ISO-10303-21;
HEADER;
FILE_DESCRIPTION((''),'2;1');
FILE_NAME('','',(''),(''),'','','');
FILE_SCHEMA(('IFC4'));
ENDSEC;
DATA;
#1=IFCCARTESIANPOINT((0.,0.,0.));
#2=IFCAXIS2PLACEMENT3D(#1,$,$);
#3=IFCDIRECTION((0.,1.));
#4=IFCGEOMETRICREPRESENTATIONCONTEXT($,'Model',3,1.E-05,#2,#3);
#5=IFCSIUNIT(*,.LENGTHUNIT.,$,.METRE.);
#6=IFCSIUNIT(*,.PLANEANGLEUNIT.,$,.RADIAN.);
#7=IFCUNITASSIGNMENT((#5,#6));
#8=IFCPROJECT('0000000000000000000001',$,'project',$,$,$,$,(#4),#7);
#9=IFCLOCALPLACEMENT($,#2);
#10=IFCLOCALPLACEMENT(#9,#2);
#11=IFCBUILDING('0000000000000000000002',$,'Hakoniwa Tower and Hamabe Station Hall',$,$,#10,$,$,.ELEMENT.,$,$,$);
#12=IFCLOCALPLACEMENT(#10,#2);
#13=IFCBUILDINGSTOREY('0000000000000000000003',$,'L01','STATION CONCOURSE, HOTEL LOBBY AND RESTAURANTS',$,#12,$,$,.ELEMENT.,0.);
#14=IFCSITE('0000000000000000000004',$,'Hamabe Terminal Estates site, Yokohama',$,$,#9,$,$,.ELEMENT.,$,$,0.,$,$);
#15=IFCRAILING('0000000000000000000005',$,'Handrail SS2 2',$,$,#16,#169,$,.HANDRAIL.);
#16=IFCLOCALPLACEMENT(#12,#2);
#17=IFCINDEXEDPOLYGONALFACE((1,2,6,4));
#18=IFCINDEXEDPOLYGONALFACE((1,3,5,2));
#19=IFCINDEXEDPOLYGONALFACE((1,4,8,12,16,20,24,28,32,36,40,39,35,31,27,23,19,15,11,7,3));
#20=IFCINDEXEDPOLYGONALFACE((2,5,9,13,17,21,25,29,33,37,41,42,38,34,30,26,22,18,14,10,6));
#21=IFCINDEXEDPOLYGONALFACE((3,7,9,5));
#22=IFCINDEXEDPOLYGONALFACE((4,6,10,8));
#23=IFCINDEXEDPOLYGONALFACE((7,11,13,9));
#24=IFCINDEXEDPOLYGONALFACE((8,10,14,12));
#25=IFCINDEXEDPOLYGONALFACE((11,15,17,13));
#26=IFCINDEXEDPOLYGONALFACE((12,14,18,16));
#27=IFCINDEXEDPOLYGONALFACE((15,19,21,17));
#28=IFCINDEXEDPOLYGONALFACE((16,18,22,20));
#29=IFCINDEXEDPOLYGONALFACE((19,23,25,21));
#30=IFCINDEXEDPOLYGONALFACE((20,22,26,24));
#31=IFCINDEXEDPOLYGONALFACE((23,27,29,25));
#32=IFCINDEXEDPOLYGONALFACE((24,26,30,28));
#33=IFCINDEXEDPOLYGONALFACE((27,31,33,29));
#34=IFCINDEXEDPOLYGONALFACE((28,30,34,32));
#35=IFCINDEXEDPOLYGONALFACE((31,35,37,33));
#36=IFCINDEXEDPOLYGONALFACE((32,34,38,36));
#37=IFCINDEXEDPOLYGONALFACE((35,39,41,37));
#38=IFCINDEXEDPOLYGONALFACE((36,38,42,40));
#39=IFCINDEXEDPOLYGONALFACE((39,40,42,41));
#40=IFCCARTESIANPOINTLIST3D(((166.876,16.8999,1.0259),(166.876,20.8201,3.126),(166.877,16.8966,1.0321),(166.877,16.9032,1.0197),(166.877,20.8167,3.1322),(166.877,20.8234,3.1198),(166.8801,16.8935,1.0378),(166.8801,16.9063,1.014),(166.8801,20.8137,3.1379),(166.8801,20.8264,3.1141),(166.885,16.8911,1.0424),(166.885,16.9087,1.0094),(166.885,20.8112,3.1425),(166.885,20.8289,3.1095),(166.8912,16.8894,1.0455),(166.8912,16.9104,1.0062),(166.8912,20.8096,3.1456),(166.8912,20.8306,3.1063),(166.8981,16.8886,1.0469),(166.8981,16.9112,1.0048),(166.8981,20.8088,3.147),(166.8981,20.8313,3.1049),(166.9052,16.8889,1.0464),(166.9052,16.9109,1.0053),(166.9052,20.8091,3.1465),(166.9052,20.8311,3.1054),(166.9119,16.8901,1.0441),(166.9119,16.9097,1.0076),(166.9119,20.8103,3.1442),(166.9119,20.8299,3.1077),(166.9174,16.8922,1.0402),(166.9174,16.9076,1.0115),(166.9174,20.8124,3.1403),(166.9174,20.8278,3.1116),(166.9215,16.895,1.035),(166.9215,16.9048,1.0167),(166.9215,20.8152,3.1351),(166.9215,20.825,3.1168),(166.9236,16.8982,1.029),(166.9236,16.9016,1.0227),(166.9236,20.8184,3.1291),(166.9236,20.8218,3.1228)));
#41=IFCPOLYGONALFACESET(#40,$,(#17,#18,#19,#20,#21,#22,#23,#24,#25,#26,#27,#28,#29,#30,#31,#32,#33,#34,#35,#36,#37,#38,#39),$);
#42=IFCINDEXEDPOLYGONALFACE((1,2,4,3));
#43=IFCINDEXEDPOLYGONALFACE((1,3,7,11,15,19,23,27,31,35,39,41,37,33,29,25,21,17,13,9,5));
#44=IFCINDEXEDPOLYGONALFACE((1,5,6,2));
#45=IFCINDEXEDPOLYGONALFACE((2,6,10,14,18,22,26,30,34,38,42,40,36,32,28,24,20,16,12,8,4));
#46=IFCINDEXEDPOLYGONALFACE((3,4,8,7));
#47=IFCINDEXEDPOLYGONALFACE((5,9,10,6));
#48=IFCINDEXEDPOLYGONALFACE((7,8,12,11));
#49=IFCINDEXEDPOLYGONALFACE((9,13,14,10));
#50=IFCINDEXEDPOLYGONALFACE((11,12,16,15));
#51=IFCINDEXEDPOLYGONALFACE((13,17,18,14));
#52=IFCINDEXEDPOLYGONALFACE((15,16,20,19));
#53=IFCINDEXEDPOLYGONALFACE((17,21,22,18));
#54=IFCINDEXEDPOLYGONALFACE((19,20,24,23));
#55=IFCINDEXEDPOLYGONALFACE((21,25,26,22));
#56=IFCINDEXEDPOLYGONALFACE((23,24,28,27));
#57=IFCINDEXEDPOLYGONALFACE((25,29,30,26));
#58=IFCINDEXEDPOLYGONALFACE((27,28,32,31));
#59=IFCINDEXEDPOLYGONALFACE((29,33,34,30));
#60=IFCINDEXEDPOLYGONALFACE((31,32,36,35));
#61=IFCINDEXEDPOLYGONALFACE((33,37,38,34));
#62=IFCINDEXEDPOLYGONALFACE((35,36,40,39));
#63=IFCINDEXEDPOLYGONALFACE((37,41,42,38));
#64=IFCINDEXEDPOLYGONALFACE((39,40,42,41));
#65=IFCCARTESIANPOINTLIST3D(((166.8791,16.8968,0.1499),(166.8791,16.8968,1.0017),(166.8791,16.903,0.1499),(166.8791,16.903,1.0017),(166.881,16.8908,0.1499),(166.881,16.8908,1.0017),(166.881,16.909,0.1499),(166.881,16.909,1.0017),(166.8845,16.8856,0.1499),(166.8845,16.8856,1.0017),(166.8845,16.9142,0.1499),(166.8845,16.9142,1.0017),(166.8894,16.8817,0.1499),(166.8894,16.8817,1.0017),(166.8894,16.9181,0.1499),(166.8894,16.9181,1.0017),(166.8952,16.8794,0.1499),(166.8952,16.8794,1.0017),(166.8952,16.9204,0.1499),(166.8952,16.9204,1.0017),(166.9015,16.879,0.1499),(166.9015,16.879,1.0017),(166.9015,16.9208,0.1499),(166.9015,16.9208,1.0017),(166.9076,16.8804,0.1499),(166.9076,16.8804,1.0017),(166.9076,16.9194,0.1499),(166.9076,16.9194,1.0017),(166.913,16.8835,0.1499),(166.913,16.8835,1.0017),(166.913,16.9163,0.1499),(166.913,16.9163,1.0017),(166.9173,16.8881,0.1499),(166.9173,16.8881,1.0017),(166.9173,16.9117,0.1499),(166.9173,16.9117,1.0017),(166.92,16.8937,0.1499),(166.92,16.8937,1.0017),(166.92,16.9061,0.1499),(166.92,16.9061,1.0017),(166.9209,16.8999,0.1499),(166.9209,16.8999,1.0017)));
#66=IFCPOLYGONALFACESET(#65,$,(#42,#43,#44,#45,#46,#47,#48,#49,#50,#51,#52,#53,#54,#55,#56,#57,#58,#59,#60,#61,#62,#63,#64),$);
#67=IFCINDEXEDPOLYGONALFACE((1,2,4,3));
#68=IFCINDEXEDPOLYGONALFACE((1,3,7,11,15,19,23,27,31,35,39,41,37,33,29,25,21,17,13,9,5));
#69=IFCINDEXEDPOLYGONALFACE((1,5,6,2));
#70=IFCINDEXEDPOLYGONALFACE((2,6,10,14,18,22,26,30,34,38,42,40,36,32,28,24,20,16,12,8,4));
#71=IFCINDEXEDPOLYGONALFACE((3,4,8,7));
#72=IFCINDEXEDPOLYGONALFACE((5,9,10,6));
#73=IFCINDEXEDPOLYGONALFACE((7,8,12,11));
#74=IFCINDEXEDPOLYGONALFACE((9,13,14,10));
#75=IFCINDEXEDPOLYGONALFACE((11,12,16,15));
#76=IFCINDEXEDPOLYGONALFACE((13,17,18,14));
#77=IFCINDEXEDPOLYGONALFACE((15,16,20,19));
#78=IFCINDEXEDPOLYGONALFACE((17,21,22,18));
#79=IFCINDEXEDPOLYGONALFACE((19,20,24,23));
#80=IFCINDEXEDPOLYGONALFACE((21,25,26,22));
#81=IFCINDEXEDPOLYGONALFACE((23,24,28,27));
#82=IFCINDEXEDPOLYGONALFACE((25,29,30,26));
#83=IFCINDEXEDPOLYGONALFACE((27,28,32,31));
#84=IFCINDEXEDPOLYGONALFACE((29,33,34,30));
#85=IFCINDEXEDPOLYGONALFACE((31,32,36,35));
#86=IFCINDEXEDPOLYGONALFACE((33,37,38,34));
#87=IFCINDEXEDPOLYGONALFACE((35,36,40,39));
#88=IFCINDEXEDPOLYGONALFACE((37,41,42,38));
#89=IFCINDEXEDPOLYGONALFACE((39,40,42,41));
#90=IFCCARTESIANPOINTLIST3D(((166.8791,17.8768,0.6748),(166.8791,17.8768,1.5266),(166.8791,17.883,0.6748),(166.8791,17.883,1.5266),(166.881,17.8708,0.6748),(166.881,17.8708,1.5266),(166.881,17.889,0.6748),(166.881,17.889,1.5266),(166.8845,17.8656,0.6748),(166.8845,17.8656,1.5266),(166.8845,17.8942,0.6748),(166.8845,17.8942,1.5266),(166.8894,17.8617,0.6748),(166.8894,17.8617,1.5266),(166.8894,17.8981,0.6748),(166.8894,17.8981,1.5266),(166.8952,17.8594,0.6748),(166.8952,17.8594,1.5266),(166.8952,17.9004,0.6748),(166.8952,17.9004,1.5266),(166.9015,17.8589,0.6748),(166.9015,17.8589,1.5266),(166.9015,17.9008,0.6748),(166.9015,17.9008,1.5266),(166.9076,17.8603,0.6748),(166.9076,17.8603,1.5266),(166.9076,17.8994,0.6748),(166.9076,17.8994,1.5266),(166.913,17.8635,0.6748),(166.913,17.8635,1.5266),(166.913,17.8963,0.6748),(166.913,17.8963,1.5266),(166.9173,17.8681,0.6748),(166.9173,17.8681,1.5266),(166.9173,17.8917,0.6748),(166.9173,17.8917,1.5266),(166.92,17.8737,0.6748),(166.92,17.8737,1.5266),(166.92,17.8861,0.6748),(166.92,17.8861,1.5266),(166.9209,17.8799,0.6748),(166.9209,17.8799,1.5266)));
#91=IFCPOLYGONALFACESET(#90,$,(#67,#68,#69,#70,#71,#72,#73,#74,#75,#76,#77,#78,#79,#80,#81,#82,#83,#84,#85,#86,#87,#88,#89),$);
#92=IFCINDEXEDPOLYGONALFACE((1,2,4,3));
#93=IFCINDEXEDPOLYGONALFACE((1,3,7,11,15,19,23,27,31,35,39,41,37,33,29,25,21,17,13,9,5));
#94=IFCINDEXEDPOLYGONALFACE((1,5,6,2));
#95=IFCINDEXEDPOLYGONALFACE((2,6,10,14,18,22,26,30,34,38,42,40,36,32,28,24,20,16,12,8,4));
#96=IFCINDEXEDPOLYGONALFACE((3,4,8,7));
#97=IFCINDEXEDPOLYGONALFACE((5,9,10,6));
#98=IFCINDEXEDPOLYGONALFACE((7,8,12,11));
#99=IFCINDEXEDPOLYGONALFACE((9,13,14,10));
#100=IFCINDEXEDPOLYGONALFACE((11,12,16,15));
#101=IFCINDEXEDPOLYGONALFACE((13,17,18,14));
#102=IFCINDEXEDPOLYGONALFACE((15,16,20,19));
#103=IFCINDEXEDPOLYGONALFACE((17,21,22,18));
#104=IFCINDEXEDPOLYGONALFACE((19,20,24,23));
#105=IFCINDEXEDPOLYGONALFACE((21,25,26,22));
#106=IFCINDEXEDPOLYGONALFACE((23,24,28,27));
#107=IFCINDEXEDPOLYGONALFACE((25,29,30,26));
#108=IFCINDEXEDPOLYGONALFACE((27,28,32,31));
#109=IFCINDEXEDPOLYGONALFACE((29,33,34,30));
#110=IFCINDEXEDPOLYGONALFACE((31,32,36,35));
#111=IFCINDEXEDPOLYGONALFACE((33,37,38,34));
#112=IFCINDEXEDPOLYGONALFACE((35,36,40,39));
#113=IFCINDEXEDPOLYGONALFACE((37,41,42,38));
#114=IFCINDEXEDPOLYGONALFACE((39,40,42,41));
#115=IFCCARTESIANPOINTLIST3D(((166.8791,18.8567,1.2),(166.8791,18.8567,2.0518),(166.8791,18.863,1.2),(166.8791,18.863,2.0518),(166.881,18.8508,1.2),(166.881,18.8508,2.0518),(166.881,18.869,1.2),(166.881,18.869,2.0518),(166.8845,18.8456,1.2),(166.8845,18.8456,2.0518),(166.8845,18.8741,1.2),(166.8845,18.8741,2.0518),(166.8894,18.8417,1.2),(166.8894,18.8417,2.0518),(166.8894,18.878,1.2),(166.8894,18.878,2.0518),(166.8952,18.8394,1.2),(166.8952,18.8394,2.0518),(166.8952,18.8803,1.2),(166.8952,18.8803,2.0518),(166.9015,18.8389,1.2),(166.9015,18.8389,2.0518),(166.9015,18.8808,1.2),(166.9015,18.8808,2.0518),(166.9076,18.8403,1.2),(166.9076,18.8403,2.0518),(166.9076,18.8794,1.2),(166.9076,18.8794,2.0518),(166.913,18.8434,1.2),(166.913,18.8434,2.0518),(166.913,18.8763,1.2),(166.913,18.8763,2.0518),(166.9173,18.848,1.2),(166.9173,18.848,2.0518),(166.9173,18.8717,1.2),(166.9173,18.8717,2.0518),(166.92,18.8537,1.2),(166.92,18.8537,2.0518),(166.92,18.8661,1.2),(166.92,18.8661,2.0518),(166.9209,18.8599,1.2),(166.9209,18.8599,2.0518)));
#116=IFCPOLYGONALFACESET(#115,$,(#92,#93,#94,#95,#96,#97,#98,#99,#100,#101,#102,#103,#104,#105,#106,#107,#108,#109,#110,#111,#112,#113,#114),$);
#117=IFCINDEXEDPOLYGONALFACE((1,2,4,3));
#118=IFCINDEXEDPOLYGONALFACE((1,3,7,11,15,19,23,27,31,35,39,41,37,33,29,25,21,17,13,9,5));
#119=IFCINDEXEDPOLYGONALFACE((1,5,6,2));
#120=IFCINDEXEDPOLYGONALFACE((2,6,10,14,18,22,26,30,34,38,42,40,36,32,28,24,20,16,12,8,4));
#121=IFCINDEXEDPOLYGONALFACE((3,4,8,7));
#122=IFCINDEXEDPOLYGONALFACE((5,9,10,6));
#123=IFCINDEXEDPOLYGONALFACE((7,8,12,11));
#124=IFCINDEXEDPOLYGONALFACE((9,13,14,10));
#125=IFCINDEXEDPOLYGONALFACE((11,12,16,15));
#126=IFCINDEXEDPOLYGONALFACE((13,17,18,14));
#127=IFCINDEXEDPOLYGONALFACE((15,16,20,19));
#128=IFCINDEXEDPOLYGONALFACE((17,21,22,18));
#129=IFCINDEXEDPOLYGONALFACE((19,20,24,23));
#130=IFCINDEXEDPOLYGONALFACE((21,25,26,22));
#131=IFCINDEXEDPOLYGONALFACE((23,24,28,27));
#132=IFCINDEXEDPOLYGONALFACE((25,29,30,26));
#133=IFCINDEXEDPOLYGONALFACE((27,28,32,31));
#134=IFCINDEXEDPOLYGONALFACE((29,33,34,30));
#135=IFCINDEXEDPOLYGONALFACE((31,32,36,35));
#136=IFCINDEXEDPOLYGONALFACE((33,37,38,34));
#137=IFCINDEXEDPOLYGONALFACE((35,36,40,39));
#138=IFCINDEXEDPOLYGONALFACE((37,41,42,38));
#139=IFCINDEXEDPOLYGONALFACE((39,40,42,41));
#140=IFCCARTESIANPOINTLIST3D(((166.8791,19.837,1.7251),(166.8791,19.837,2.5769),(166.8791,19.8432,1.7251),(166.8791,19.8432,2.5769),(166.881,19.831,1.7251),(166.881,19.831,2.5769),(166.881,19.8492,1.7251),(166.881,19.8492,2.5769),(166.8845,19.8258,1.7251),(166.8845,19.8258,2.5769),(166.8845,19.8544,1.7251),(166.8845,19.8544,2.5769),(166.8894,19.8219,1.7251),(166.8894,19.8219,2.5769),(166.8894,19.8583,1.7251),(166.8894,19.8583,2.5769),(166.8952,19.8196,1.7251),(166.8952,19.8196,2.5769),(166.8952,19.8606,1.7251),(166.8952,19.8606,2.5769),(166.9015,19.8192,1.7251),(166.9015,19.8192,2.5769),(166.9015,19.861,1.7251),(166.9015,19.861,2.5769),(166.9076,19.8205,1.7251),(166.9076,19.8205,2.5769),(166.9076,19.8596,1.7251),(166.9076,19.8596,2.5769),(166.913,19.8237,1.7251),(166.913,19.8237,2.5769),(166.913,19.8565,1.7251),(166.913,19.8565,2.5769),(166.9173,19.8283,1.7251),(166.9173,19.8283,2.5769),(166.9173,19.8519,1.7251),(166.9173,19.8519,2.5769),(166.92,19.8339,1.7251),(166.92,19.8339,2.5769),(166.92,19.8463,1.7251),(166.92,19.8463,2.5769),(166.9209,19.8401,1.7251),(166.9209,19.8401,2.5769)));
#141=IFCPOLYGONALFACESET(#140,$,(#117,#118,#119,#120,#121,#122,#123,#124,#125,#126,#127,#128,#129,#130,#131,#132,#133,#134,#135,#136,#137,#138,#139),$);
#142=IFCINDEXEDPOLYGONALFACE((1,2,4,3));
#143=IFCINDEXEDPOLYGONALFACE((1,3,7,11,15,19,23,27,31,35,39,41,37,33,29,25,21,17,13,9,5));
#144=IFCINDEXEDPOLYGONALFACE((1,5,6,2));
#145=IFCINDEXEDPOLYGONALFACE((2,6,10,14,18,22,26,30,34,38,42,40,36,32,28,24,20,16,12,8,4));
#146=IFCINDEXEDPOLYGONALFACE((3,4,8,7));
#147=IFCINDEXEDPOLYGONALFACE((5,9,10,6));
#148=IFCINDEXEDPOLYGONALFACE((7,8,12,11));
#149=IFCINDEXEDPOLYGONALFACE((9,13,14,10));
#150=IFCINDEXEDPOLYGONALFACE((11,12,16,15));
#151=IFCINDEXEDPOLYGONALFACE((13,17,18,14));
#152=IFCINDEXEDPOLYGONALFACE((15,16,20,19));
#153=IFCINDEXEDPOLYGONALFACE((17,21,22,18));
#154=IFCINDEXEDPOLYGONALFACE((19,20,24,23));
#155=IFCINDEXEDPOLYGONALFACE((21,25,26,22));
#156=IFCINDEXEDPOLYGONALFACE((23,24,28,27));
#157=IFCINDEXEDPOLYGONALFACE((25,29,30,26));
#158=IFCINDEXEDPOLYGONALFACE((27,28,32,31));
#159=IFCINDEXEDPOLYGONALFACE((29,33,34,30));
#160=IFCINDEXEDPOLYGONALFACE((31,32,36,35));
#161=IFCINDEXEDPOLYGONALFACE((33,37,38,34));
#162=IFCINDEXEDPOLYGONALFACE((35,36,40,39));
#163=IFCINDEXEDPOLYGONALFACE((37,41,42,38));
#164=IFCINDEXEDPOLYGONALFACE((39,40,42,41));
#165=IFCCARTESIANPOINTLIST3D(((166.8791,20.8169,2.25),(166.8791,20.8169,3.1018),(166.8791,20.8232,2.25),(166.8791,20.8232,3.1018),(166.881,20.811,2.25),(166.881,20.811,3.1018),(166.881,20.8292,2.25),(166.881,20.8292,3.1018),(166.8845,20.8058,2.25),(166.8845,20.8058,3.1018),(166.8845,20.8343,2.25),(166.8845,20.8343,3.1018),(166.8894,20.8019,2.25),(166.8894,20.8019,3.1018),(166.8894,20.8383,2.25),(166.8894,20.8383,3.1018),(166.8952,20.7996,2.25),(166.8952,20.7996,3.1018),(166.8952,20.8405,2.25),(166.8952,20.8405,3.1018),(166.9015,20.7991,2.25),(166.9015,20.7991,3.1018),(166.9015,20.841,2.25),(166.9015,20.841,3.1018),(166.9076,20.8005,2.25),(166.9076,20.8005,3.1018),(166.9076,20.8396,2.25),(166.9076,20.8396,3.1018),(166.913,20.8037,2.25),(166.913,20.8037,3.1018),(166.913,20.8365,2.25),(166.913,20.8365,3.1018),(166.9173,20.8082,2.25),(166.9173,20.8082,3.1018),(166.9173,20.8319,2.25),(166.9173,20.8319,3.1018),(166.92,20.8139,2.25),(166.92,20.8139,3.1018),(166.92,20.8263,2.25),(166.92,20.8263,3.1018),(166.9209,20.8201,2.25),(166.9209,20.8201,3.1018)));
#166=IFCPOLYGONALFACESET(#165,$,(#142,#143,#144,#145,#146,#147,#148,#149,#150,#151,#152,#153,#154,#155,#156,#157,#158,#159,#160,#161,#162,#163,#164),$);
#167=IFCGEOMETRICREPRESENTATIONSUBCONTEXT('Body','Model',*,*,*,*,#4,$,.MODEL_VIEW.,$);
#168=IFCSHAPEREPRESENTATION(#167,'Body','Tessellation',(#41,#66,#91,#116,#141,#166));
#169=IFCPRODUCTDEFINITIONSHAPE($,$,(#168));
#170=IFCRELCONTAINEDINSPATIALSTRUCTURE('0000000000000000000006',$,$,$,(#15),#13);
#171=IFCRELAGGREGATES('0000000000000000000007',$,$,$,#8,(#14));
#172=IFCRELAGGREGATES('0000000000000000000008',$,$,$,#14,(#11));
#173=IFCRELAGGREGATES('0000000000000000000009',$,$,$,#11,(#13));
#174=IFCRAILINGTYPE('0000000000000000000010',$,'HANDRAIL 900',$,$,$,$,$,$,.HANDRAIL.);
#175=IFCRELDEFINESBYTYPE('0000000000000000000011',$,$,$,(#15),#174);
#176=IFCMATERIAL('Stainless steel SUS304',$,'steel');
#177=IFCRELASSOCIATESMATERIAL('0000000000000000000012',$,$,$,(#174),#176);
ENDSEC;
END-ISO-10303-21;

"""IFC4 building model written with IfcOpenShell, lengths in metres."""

from ifc_helpers import new_model, si_unit, direction, frame, origin, origin_2d, place, context, subcontext, project, spatial, circle, extrude, material, type_object, element, save


model = new_model("IFC4")

# Units and contexts
model_context = context("Model", 3, precision=1e-05, world=origin(), true_north=direction((0.0, 1.0)))
body_context = subcontext(model_context, "Body", "Model", "MODEL_VIEW")
ifc_project = project(units=[si_unit("LENGTHUNIT", "METRE"), si_unit("PLANEANGLEUNIT", "RADIAN")], contexts=[model_context])

# Site, building, storey
site_placement = place(None, origin())
site = spatial("IfcSite", under=ifc_project, at=site_placement, Name="Hamabe Terminal Estates site, Yokohama", CompositionType="ELEMENT", RefElevation=0.0)
building_placement = place(site_placement, origin())
building = spatial("IfcBuilding", under=site, at=building_placement, Name="Hakoniwa Tower and Hamabe Station Hall", CompositionType="ELEMENT")
storey_placement = place(building_placement, origin())
storey = spatial("IfcBuildingStorey", under=building, at=storey_placement, Name="L01", Description="STATION CONCOURSE, HOTEL LOBBY AND RESTAURANTS", CompositionType="ELEMENT", Elevation=0.0)

# Railing
ifc_material_1 = material(Name="Stainless steel SUS304", Category="steel")
railing_type = type_object("IfcRailingType", Name="HANDRAIL 900", PredefinedType="HANDRAIL", material=ifc_material_1)
for number, where, name in (
    (1, (166.8999, 16.8999, 0.1499), "Handrail SS2 2"),
):
    element("IfcRailing", number, at=place(storey_placement, frame(where)), inside=storey, type_object=railing_type, Name=name, PredefinedType="HANDRAIL", context=body_context, shape_type="SweptSolid", body=[
        extrude(circle(Radius=0.0239, at=origin_2d()), frame((0.0, 0.0, 0.876), z_axis=(0.0, 0.881479, 0.472223), x_axis=(-1.0, 0.0, 0.0)), (0.0, 0.0, 1.0), 4.4473),
        extrude(circle(Radius=0.021, at=origin_2d()), origin(), (0.0, 0.0, 1.0), 0.8518),
        extrude(circle(Radius=0.021, at=origin_2d()), frame((0.0, 0.98, 0.5249)), (0.0, 0.0, 1.0), 0.8518),
        extrude(circle(Radius=0.021, at=origin_2d()), frame((0.0, 1.96, 1.05)), (0.0, 0.0, 1.0), 0.8518),
        extrude(circle(Radius=0.021, at=origin_2d()), frame((0.0, 2.9402, 1.5752)), (0.0, 0.0, 1.0), 0.8518),
        extrude(circle(Radius=0.021, at=origin_2d()), frame((0.0, 3.9202, 2.1001)), (0.0, 0.0, 1.0), 0.8518),
    ])

save(model, "model.ifc")
